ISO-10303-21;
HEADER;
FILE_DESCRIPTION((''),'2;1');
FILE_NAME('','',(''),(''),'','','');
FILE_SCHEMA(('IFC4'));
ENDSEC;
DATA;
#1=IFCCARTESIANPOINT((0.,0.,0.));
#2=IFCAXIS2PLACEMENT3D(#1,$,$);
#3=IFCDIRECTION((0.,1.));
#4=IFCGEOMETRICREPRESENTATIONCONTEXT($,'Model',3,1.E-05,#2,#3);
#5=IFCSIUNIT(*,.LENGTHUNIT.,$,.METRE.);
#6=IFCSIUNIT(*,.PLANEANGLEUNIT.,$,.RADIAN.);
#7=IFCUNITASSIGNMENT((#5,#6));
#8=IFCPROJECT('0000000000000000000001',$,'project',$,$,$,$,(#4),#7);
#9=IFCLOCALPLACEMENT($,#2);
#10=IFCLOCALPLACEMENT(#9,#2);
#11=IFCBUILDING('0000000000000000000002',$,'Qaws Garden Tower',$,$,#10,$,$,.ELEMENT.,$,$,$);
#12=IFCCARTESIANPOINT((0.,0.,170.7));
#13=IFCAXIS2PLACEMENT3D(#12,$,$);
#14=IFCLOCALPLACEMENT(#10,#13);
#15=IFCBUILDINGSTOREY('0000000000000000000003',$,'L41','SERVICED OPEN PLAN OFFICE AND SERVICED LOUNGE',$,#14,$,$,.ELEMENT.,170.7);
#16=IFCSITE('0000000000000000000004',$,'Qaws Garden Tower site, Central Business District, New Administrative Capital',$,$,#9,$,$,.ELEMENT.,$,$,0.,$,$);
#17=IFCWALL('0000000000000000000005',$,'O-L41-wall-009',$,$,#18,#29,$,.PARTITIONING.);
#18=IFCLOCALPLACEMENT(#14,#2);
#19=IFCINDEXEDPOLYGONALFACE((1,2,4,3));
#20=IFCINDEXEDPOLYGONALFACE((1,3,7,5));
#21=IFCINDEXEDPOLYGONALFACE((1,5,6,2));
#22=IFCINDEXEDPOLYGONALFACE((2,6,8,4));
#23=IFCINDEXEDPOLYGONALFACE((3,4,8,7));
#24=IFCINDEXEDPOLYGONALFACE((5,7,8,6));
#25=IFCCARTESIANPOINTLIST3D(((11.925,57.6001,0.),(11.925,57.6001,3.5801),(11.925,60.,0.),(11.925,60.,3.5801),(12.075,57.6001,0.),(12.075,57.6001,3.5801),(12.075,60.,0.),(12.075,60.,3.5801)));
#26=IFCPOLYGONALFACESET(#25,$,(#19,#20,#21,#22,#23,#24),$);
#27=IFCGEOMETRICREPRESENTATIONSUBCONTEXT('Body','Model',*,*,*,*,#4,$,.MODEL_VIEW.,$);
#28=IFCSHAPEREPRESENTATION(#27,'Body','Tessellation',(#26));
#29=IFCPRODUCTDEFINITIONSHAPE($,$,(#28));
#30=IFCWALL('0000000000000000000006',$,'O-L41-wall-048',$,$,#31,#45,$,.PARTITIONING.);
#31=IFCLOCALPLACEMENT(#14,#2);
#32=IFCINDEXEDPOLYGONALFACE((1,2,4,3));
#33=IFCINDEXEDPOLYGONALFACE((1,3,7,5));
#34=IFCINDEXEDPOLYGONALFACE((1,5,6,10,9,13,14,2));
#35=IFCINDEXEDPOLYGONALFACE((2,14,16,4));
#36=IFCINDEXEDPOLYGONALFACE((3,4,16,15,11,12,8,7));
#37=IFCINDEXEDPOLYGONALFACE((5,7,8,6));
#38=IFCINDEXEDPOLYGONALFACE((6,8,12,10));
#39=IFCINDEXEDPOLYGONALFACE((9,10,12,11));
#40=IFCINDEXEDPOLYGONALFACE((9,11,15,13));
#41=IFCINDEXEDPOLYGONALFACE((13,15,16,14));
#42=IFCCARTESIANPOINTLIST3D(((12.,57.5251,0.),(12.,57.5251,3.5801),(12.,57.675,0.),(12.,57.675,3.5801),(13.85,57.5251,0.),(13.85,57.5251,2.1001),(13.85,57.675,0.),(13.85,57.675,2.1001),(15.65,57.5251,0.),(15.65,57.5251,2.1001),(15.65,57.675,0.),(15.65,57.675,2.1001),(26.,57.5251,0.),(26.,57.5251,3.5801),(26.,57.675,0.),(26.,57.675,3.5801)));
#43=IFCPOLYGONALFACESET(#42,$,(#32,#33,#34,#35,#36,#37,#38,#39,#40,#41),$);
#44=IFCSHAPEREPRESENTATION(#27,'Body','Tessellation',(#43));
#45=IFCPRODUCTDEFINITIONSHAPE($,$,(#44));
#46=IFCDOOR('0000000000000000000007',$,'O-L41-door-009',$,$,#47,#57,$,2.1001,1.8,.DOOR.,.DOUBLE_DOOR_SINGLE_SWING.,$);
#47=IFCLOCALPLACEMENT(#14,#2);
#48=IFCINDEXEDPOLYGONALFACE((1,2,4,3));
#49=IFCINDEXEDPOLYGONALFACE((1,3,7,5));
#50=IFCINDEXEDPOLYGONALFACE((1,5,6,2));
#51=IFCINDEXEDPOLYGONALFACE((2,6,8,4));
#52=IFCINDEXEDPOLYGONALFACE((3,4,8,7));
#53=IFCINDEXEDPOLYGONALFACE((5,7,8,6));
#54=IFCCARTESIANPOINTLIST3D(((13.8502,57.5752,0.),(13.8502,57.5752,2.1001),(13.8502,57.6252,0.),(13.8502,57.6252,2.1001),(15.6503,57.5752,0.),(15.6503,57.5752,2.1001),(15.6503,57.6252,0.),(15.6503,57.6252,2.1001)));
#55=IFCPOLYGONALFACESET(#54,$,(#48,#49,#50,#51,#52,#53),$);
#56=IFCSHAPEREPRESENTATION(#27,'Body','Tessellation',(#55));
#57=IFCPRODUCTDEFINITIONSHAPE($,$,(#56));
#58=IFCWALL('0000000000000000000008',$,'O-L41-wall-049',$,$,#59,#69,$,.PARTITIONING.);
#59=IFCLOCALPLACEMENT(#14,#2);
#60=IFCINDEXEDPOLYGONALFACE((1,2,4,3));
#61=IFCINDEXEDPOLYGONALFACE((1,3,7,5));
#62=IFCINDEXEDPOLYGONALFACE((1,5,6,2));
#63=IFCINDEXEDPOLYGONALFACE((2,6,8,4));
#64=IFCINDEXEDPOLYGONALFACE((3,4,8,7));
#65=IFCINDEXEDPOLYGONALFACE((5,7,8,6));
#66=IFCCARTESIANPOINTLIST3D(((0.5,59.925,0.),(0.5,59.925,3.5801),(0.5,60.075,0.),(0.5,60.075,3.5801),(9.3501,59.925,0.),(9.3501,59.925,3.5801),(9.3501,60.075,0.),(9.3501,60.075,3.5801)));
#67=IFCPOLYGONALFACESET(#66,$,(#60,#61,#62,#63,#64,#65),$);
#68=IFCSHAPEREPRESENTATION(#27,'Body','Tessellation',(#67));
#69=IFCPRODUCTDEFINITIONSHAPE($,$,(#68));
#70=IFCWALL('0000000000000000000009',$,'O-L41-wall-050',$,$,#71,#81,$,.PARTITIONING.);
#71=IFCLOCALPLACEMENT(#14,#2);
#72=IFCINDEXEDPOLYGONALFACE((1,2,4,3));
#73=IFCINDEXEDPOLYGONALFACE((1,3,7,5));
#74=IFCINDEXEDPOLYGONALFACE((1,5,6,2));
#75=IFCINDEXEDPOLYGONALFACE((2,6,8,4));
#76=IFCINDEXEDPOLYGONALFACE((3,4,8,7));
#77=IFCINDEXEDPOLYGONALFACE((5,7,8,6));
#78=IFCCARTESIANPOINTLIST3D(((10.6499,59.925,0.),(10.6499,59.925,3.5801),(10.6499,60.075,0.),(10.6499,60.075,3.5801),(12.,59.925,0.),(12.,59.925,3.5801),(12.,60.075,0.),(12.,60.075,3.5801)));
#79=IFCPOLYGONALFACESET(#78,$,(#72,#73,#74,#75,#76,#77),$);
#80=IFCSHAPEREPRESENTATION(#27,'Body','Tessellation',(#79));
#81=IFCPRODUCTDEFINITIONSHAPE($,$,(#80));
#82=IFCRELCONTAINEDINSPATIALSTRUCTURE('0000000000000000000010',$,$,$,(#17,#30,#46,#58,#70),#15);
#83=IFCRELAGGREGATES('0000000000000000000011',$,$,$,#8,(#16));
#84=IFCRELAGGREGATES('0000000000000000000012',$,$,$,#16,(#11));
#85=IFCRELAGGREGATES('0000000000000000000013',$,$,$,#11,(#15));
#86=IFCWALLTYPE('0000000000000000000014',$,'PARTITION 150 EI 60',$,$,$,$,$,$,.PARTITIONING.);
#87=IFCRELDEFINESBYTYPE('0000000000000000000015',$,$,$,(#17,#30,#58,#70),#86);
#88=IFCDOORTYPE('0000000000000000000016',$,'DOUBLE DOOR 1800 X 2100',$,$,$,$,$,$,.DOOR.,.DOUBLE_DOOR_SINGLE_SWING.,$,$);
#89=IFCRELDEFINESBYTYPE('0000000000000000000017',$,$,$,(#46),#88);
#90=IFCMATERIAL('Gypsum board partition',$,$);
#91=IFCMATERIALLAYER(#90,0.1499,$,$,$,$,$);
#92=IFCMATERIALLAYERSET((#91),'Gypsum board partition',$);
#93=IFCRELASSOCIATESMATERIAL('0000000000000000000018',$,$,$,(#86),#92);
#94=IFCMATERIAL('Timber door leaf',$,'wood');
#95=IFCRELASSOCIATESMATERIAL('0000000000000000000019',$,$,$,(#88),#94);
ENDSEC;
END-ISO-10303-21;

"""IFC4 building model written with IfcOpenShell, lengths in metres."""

from ifc_helpers import new_model, si_unit, direction, frame, frame_2d, origin, place, context, subcontext, project, spatial, rectangle, extrude, material, layer, layer_set, type_object, element, fill, save


model = new_model("IFC4")

# Units and contexts
model_context = context("Model", 3, precision=1e-05, world=origin(), true_north=direction((0.0, 1.0)))
body_context = subcontext(model_context, "Body", "Model", "MODEL_VIEW")
ifc_project = project(units=[si_unit("LENGTHUNIT", "METRE"), si_unit("PLANEANGLEUNIT", "RADIAN")], contexts=[model_context])

# Site, building, storey
site_placement = place(None, origin())
site = spatial("IfcSite", under=ifc_project, at=site_placement, Name="Qaws Garden Tower site, Central Business District, New Administrative Capital", CompositionType="ELEMENT", RefElevation=0.0)
building_placement = place(site_placement, origin())
building = spatial("IfcBuilding", under=site, at=building_placement, Name="Qaws Garden Tower", CompositionType="ELEMENT")
storey_placement = place(building_placement, frame((0.0, 0.0, 170.7)))
storey = spatial("IfcBuildingStorey", under=building, at=storey_placement, Name="L41", Description="SERVICED OPEN PLAN OFFICE AND SERVICED LOUNGE", CompositionType="ELEMENT", Elevation=170.7)

# Shared definitions
ifc_material_1 = material(Name="Gypsum board partition")
ifc_layer_1 = layer(ifc_material_1, 0.1499)
ifc_layer_set_1 = layer_set([ifc_layer_1], Name="Gypsum board partition")
wall_type_1 = type_object("IfcWallType", Name="PARTITION 150 EI 60", PredefinedType="PARTITIONING", material=ifc_layer_set_1)
ifc_material_2 = material(Name="Timber door leaf", Category="wood")
door_type_1 = type_object("IfcDoorType", Name="DOUBLE DOOR 1800 X 2100", OperationType="DOUBLE_DOOR_SINGLE_SWING", PredefinedType="DOOR", material=ifc_material_2)

# Wall
wall_1_placement = place(storey_placement, frame((12.0, 57.6001, 0.0), z_axis=(0.0, 0.0, 1.0), x_axis=(0.0, 1.0, 0.0)))
element("IfcWall", 1, at=wall_1_placement, inside=storey, type_object=wall_type_1, Name="O-L41-wall-009", PredefinedType="PARTITIONING", context=body_context, shape_type="SweptSolid", body=[
    extrude(rectangle(XDim=2.3999, YDim=0.1499, at=frame_2d((1.2, 0.0))), origin(), (0.0, 0.0, 1.0), 3.5801),
])

# Wall, opening, door
wall_2_placement = place(storey_placement, frame((12.0, 57.6001, 0.0), z_axis=(0.0, 0.0, 1.0), x_axis=(1.0, 0.0, 0.0)))
wall_2 = element("IfcWall", 2, at=wall_2_placement, inside=storey, type_object=wall_type_1, Name="O-L41-wall-048", PredefinedType="PARTITIONING", context=body_context, shape_type="SweptSolid", body=[
    extrude(rectangle(XDim=14.0, YDim=0.1499, at=frame_2d((7.0, 0.0))), origin(), (0.0, 0.0, 1.0), 3.5801),
])
opening_1_placement = place(wall_2_placement, frame((1.8501, 0.0, 0.0)))
opening_1 = element("IfcOpeningElement", 3, at=opening_1_placement, cuts=wall_2, PredefinedType="OPENING", context=body_context, shape_type="SweptSolid", body=[
    extrude(rectangle(XDim=1.8, YDim=2.1001, at=frame_2d((0.8999, 1.05))), frame((0.0, 0.085, 0.0), z_axis=(0.0, -1.0, 0.0), x_axis=(1.0, 0.0, 0.0)), (0.0, 0.0, 1.0), 0.1699),
])
door_1_placement = place(opening_1_placement, frame((1.8, 0.0, 0.0), z_axis=(0.0, 0.0, 1.0), x_axis=(-1.0, 0.0, 0.0)))
door_1 = element("IfcDoor", 4, at=door_1_placement, inside=storey, type_object=door_type_1, Name="O-L41-door-009", OperationType="DOUBLE_DOOR_SINGLE_SWING", OverallHeight=2.1001, OverallWidth=1.8, PredefinedType="DOOR", context=body_context, shape_type="SweptSolid", body=[
    extrude(rectangle(XDim=1.8, YDim=2.1001, at=frame_2d((0.8999, 1.05))), frame((0.0, 0.0249, 0.0), z_axis=(0.0, -1.0, 0.0), x_axis=(1.0, 0.0, 0.0)), (0.0, 0.0, 1.0), 0.05),
])
fill(opening_1, door_1)

# Walls
wall_3_placement = place(storey_placement, frame((0.5, 60.0, 0.0), z_axis=(0.0, 0.0, 1.0), x_axis=(1.0, 0.0, 0.0)))
element("IfcWall", 5, at=wall_3_placement, inside=storey, type_object=wall_type_1, Name="O-L41-wall-049", PredefinedType="PARTITIONING", context=body_context, shape_type="SweptSolid", body=[
    extrude(rectangle(XDim=8.8501, YDim=0.1499, at=frame_2d((4.425, 0.0))), origin(), (0.0, 0.0, 1.0), 3.5801),
])
wall_4_placement = place(storey_placement, frame((10.6499, 60.0, 0.0), z_axis=(0.0, 0.0, 1.0), x_axis=(1.0, 0.0, 0.0)))
element("IfcWall", 6, at=wall_4_placement, inside=storey, type_object=wall_type_1, Name="O-L41-wall-050", PredefinedType="PARTITIONING", context=body_context, shape_type="SweptSolid", body=[
    extrude(rectangle(XDim=1.3501, YDim=0.1499, at=frame_2d((0.675, 0.0))), origin(), (0.0, 0.0, 1.0), 3.5801),
])

save(model, "model.ifc")
